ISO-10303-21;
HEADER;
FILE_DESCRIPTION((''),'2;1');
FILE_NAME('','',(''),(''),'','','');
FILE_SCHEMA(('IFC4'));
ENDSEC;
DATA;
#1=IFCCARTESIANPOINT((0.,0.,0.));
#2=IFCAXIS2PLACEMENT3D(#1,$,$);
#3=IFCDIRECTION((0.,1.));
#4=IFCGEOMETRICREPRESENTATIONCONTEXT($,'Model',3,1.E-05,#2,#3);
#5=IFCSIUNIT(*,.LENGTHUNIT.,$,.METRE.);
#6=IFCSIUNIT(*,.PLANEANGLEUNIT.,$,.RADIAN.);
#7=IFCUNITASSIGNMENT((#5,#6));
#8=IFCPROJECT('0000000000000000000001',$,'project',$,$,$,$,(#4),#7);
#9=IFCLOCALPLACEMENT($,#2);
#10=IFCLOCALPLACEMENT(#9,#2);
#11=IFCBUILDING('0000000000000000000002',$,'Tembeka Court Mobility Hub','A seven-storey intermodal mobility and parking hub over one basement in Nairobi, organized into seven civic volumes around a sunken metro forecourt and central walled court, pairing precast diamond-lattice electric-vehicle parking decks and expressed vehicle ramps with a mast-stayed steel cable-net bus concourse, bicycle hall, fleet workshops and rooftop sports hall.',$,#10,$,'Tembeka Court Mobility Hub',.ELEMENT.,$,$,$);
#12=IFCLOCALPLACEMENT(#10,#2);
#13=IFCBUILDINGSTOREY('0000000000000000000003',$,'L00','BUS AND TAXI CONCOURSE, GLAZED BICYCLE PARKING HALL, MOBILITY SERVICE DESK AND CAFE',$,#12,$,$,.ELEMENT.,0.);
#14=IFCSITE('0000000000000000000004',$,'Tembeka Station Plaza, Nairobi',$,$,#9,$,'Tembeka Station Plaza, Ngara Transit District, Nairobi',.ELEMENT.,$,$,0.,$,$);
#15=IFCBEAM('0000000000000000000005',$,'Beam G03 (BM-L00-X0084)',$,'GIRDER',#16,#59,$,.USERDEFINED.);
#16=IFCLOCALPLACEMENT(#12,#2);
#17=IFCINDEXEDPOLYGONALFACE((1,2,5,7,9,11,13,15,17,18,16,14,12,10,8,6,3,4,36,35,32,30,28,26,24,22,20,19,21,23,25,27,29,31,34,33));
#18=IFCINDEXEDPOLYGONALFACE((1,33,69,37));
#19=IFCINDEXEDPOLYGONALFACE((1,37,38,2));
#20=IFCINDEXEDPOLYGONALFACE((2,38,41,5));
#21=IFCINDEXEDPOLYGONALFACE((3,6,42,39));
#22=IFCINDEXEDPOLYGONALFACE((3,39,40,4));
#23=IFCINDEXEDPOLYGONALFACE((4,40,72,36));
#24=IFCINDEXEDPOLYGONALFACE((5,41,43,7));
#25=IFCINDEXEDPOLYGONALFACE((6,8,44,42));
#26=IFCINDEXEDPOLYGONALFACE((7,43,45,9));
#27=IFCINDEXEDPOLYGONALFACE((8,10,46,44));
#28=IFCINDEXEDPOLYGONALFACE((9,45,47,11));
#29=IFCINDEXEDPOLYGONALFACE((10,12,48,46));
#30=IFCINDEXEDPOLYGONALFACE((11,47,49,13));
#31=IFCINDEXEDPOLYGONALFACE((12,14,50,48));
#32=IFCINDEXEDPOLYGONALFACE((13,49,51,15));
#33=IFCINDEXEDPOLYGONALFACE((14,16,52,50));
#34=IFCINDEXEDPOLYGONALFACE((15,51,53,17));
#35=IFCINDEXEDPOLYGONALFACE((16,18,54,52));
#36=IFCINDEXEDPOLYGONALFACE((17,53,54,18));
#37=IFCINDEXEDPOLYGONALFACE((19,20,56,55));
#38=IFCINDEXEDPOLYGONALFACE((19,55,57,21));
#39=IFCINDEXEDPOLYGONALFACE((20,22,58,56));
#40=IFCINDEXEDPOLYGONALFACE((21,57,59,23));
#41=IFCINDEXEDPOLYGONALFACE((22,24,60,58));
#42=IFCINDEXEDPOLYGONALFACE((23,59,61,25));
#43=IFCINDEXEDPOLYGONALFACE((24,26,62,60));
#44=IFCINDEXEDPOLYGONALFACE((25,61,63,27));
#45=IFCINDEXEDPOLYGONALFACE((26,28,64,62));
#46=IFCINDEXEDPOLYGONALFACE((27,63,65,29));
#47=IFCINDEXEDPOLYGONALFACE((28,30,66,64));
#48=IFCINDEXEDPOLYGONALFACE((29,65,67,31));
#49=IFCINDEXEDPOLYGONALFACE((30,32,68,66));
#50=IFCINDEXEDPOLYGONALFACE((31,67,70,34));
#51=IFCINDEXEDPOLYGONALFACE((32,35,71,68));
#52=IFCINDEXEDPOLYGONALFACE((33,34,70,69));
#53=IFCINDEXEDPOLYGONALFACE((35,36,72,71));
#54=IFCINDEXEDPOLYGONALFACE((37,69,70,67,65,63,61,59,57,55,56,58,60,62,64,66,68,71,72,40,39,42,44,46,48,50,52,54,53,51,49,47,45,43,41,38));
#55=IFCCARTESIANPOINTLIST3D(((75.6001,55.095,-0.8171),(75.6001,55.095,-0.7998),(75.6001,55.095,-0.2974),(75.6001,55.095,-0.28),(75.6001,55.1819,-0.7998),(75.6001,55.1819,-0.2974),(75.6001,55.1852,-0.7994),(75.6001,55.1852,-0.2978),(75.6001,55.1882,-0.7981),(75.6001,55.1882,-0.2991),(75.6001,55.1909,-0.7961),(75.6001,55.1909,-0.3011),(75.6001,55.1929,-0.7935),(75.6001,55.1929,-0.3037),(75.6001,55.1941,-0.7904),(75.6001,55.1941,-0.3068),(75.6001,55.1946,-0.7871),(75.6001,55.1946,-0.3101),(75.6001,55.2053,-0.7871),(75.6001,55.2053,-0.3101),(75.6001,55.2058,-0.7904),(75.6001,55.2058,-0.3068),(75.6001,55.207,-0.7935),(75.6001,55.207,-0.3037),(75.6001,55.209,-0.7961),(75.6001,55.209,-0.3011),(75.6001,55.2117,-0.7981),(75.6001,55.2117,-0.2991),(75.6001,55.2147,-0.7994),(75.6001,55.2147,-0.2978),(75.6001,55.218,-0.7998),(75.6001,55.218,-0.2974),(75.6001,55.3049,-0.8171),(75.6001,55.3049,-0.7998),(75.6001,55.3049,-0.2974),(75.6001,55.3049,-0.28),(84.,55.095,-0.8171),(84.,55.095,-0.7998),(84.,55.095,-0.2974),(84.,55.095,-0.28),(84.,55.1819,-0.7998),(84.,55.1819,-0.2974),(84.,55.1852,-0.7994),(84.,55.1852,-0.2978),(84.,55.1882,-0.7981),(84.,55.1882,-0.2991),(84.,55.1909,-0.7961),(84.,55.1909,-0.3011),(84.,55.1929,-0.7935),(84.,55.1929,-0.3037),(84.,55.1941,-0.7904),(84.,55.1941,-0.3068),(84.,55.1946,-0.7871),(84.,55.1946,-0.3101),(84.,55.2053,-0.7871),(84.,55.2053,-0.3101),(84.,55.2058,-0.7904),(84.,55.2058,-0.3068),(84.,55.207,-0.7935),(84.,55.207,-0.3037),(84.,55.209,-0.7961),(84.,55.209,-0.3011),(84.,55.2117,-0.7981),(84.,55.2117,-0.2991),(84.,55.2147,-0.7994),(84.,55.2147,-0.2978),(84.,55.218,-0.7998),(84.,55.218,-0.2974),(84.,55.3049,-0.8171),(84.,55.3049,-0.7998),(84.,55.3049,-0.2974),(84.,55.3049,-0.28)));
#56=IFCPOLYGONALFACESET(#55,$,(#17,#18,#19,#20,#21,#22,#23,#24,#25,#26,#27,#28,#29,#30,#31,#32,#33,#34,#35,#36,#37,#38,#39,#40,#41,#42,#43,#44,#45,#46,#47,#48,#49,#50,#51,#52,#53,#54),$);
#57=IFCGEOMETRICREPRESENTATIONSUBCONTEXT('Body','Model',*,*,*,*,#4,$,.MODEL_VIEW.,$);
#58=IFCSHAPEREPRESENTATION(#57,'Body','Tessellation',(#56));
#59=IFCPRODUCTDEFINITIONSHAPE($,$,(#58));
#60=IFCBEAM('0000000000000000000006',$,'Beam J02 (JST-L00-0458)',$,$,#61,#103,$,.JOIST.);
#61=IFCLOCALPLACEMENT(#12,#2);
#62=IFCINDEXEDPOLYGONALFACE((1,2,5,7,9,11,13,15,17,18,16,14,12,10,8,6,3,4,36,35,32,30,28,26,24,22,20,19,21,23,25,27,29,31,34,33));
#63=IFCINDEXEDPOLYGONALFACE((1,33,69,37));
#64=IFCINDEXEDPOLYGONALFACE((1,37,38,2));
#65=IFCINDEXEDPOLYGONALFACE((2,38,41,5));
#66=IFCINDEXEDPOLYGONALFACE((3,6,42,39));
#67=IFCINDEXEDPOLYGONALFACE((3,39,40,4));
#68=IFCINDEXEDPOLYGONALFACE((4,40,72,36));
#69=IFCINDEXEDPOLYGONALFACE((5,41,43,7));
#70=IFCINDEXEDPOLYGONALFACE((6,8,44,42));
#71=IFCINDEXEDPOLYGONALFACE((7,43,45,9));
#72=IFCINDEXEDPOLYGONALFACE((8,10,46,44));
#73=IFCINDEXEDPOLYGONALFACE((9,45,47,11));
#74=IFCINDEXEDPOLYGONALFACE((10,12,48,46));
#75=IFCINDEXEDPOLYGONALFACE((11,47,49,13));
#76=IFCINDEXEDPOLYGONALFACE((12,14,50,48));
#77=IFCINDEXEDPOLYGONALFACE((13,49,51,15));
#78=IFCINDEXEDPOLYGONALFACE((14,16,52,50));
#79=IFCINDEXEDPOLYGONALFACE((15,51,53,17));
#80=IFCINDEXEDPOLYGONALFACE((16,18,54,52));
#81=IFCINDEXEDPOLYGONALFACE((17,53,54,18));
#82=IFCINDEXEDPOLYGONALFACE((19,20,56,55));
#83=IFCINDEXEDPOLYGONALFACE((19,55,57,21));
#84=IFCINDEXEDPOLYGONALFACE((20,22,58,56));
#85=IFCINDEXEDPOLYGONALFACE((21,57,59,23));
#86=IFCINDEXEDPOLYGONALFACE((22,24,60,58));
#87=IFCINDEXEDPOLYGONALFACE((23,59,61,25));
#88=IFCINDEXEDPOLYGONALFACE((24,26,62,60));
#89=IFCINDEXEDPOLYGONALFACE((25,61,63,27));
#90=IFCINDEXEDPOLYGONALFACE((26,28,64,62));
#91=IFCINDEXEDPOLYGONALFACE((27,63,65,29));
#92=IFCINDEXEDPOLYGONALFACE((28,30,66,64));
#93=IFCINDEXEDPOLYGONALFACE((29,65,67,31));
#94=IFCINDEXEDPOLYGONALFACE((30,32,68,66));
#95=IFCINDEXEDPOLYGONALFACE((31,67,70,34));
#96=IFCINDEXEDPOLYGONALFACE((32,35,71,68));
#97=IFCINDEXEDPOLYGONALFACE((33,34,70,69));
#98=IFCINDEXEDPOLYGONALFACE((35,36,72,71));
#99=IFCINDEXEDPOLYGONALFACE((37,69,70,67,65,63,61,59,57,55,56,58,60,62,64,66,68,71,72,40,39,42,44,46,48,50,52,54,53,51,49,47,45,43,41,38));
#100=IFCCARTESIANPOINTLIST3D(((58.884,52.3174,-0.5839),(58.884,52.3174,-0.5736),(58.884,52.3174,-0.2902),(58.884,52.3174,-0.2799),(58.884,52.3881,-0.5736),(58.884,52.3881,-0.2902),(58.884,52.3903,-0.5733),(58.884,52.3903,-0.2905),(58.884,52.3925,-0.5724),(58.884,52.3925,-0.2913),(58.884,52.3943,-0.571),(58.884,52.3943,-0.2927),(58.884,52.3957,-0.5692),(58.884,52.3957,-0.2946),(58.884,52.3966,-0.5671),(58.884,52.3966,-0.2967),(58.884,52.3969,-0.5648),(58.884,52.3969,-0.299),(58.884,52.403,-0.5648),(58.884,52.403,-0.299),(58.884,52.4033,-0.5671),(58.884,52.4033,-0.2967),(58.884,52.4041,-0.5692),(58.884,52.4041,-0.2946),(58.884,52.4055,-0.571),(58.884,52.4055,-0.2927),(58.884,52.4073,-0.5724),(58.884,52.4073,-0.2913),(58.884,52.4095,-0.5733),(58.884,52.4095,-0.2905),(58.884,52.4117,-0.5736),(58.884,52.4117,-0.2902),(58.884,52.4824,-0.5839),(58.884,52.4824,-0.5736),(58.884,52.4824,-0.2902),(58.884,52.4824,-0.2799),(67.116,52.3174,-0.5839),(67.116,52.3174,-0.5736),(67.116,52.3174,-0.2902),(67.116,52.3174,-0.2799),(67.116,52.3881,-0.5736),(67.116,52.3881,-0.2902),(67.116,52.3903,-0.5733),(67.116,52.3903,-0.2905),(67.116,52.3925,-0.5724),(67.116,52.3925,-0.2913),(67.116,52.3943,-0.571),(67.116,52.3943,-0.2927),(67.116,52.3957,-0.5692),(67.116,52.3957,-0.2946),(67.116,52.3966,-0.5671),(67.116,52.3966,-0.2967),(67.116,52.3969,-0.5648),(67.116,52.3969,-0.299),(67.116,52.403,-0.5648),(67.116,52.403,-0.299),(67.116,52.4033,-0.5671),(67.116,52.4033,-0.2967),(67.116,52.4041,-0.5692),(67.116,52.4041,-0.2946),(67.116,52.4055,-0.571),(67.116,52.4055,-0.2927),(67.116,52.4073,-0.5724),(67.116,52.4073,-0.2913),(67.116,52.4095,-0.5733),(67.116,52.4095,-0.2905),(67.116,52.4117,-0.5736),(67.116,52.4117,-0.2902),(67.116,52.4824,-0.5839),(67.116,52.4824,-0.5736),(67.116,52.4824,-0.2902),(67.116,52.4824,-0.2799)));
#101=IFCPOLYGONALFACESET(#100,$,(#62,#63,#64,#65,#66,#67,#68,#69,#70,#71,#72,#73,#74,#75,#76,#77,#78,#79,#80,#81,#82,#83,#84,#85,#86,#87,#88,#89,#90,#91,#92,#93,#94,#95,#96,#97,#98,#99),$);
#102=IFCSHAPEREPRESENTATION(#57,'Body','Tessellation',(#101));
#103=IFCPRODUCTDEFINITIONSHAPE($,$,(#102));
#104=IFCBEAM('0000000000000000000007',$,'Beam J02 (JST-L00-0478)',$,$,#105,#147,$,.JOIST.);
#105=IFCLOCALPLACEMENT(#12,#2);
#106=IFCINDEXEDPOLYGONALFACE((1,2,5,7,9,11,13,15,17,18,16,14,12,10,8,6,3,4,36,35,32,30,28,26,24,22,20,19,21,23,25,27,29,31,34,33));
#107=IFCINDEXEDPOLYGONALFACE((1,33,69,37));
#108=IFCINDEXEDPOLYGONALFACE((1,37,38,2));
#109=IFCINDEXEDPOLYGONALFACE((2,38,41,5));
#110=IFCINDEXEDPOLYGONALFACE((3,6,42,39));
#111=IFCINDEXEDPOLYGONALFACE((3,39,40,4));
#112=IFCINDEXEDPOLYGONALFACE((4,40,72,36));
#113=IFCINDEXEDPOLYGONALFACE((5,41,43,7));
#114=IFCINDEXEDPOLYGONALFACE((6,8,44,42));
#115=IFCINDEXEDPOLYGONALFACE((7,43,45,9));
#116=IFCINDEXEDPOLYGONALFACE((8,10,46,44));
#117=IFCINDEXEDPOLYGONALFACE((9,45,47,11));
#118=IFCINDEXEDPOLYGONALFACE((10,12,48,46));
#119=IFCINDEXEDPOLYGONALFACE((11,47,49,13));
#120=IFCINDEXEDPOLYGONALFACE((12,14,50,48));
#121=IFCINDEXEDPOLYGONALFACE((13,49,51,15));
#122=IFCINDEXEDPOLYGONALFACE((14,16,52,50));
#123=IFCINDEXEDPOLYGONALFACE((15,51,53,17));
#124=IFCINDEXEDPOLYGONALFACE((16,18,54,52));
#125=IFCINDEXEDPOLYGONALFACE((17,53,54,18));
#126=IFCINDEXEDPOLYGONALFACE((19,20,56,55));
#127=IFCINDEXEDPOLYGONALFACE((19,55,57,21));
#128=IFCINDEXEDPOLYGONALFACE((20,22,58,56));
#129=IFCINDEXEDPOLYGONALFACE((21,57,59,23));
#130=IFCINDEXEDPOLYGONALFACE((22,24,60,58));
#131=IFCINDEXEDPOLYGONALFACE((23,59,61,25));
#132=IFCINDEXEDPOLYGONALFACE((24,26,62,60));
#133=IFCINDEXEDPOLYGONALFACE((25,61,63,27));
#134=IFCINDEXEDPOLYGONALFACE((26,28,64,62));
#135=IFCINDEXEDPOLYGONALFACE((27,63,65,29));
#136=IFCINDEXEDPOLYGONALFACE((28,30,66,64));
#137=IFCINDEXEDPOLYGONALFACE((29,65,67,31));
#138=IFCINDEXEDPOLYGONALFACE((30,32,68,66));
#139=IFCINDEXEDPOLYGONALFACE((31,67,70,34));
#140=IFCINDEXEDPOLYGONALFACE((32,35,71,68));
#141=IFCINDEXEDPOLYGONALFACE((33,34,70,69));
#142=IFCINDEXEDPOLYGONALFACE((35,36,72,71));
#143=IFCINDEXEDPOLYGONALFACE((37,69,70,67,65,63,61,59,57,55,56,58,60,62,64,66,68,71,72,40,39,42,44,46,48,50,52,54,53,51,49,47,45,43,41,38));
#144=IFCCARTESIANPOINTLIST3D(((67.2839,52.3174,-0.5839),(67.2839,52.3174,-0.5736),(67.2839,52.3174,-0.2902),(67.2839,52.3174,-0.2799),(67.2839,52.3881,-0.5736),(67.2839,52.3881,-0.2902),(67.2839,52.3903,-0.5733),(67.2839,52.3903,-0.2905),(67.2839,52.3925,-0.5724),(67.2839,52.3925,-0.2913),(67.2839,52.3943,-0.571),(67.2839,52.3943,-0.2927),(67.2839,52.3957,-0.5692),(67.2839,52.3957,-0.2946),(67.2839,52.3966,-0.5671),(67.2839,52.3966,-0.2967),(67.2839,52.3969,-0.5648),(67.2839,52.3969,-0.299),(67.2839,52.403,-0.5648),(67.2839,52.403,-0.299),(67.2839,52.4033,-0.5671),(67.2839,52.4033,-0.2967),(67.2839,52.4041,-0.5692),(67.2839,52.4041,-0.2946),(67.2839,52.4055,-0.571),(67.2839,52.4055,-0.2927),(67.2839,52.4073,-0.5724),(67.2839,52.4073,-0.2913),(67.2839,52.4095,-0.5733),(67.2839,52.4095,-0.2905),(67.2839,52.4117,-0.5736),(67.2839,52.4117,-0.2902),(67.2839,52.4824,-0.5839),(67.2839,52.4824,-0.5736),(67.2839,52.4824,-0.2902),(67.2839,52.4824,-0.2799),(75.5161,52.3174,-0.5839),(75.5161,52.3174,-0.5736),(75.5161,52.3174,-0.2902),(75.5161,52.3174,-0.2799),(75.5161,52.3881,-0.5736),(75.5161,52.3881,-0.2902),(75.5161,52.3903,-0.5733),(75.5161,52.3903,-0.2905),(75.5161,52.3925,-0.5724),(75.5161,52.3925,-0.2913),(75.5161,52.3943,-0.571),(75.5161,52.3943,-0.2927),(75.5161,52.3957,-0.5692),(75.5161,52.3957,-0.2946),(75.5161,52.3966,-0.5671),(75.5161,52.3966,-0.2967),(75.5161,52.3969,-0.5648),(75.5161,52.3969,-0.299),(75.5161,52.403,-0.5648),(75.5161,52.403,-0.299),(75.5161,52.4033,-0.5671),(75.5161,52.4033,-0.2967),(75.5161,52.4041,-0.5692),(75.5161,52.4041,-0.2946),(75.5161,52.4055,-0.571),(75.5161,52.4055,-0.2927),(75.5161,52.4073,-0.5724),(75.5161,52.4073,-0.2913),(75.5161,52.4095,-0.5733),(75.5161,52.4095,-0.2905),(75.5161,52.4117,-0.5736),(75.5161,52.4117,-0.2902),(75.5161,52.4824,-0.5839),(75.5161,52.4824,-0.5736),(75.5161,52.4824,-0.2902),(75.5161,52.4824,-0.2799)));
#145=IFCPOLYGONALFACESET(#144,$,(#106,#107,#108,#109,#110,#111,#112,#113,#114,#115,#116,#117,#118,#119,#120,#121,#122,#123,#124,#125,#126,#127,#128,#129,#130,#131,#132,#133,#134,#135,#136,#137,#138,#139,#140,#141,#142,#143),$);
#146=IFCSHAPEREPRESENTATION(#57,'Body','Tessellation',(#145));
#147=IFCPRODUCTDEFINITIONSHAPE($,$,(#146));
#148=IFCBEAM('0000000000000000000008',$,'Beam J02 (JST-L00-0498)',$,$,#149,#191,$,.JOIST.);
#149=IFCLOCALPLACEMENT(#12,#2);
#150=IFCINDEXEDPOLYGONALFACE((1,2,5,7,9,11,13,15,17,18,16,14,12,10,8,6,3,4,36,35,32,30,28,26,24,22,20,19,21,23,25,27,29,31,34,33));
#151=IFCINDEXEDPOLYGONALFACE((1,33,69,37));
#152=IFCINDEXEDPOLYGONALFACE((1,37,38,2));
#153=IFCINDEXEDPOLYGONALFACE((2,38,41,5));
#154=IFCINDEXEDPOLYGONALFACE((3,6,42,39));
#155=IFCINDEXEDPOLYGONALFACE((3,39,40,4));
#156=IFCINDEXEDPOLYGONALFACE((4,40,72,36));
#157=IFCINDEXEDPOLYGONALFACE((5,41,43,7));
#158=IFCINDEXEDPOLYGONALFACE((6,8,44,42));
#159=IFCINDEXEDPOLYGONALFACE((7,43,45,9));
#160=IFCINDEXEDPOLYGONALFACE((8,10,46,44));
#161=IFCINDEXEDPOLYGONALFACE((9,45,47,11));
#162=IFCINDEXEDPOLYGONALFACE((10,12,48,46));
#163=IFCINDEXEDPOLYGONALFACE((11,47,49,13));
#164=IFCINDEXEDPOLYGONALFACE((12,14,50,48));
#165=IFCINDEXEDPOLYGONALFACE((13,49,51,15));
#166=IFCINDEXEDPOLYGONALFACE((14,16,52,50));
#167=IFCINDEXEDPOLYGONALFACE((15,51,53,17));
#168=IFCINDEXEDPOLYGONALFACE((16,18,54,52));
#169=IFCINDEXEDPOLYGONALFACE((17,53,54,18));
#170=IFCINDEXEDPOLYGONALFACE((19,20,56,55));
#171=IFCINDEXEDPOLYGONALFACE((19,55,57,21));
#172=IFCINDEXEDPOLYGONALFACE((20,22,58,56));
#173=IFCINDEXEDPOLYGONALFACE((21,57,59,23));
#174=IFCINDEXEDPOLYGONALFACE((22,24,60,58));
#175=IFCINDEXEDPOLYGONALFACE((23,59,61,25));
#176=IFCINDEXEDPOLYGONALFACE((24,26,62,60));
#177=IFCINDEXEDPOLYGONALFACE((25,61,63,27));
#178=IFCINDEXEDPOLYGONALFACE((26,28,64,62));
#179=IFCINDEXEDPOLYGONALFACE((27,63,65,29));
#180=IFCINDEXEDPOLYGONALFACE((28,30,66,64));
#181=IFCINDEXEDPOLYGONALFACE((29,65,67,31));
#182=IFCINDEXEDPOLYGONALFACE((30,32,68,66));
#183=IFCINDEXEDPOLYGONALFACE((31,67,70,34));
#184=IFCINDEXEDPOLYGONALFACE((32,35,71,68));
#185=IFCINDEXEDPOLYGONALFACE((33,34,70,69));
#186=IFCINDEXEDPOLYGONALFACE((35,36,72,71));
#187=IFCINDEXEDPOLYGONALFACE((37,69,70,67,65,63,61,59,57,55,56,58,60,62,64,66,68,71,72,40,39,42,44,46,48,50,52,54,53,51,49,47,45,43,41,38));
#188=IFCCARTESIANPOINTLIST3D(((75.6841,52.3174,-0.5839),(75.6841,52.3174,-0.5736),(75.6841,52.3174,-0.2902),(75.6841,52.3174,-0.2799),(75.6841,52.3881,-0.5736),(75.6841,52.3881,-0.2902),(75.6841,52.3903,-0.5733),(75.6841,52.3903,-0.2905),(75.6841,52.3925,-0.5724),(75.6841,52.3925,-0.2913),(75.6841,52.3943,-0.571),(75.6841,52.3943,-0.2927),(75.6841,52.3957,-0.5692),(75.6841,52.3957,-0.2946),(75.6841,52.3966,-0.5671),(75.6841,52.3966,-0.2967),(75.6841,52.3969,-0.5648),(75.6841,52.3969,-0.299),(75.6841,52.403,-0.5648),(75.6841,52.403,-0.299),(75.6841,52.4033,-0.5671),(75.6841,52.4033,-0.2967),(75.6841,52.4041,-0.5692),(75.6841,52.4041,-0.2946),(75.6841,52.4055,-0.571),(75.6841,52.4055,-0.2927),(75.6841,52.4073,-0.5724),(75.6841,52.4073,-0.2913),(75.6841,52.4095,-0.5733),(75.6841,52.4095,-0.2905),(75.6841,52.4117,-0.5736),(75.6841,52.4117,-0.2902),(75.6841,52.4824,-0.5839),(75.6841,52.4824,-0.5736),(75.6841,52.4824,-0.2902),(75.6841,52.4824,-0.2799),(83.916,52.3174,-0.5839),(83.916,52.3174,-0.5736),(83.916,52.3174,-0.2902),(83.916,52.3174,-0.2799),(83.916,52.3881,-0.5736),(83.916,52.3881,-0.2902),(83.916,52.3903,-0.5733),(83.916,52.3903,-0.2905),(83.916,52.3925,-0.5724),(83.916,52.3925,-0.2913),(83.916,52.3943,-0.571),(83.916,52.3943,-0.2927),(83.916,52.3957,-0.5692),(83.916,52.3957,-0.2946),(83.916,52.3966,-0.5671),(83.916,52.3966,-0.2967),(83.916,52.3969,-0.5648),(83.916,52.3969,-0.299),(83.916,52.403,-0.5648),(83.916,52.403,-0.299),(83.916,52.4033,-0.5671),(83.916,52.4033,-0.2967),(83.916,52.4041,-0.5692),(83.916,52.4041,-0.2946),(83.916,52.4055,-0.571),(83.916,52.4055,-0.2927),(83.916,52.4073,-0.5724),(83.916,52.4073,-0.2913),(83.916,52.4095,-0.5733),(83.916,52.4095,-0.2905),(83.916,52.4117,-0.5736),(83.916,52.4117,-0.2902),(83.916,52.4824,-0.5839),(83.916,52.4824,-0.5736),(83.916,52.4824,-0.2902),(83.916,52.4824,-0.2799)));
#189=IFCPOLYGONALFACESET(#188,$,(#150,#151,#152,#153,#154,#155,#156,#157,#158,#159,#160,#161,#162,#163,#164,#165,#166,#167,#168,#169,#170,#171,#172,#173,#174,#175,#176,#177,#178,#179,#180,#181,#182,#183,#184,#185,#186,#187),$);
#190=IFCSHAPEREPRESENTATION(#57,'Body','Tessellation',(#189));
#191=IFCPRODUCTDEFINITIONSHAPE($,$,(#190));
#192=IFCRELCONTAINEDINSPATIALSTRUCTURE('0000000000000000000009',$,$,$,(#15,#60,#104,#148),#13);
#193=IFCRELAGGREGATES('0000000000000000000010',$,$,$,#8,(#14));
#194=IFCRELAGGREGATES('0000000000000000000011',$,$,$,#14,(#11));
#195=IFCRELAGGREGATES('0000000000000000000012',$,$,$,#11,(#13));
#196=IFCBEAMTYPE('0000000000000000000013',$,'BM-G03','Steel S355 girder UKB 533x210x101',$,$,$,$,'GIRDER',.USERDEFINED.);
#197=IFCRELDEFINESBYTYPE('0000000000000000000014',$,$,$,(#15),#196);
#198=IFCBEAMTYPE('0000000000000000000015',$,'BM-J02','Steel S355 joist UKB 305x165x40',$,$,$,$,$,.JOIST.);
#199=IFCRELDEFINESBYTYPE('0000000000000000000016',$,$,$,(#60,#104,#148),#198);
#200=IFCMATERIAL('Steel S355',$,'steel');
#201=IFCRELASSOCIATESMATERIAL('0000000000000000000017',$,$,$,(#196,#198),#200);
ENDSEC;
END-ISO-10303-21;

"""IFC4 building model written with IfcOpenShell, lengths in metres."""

from ifc_helpers import new_model, si_unit, direction, frame, origin, origin_2d, place, context, subcontext, project, spatial, i_section, extrude, material, material_profile, profile_set, type_object, element, save


model = new_model("IFC4")

# Units and contexts
model_context = context("Model", 3, precision=1e-05, world=origin(), true_north=direction((0.0, 1.0)))
body_context = subcontext(model_context, "Body", "Model", "MODEL_VIEW")
ifc_project = project(units=[si_unit("LENGTHUNIT", "METRE"), si_unit("PLANEANGLEUNIT", "RADIAN")], contexts=[model_context])

# Site, building, storey
site_placement = place(None, origin())
site = spatial("IfcSite", under=ifc_project, at=site_placement, Name="Tembeka Station Plaza, Nairobi", LongName="Tembeka Station Plaza, Ngara Transit District, Nairobi", CompositionType="ELEMENT", RefElevation=0.0)
building_placement = place(site_placement, origin())
building = spatial("IfcBuilding", under=site, at=building_placement, Name="Tembeka Court Mobility Hub", Description="A seven-storey intermodal mobility and parking hub over one basement in Nairobi, organized into seven civic volumes around a sunken metro forecourt and central walled court, pairing precast diamond-lattice electric-vehicle parking decks and expressed vehicle ramps with a mast-stayed steel cable-net bus concourse, bicycle hall, fleet workshops and rooftop sports hall.", LongName="Tembeka Court Mobility Hub", CompositionType="ELEMENT")
storey_placement = place(building_placement, origin())
storey = spatial("IfcBuildingStorey", under=building, at=storey_placement, Name="L00", Description="BUS AND TAXI CONCOURSE, GLAZED BICYCLE PARKING HALL, MOBILITY SERVICE DESK AND CAFE", CompositionType="ELEMENT", Elevation=0.0)

# Shared definitions
ifc_material_1 = material(Name="Steel S355", Category="steel")

# Beams
ifc_material_profile_1 = material_profile(ifc_material_1, i_section(OverallWidth=0.21, OverallDepth=0.5371, WebThickness=0.0107, FlangeThickness=0.0173, FilletRadius=0.0127, at=origin_2d()), Name="UKB 533x210x101")
ifc_profile_set_1 = profile_set([ifc_material_profile_1], Name="Steel S355")
beam_type_1 = type_object("IfcBeamType", Name="BM-G03", Description="Steel S355 girder UKB 533x210x101", ElementType="GIRDER", PredefinedType="USERDEFINED", material=ifc_profile_set_1)
beam_1_placement = place(storey_placement, frame((75.6001, 55.2, -0.5486), z_axis=(1.0, 0.0, 0.0), x_axis=(0.0, 1.0, 0.0)))
element("IfcBeam", 1, at=beam_1_placement, inside=storey, type_object=beam_type_1, Name="Beam G03 (BM-L00-X0084)", ObjectType="GIRDER", PredefinedType="USERDEFINED", context=body_context, shape_type="SweptSolid", body=[
    extrude(i_section(OverallWidth=0.21, OverallDepth=0.5371, WebThickness=0.0107, FlangeThickness=0.0173, FilletRadius=0.0127, at=origin_2d()), origin(), (0.0, 0.0, 1.0), 8.3999),
])
ifc_material_profile_2 = material_profile(ifc_material_1, i_section(OverallWidth=0.165, OverallDepth=0.304, WebThickness=0.0061, FlangeThickness=0.0103, FilletRadius=0.0088, at=origin_2d()), Name="UKB 305x165x40")
ifc_profile_set_2 = profile_set([ifc_material_profile_2], Name="Steel S355")
beam_type_2 = type_object("IfcBeamType", Name="BM-J02", Description="Steel S355 joist UKB 305x165x40", PredefinedType="JOIST", material=ifc_profile_set_2)
beam_2_placement = place(storey_placement, frame((58.884, 52.3999, -0.4319), z_axis=(1.0, 0.0, 0.0), x_axis=(0.0, 1.0, 0.0)))
element("IfcBeam", 2, at=beam_2_placement, inside=storey, type_object=beam_type_2, Name="Beam J02 (JST-L00-0458)", PredefinedType="JOIST", context=body_context, shape_type="SweptSolid", body=[
    extrude(i_section(OverallWidth=0.165, OverallDepth=0.304, WebThickness=0.0061, FlangeThickness=0.0103, FilletRadius=0.0088, at=origin_2d()), origin(), (0.0, 0.0, 1.0), 8.2319),
])
beam_3_placement = place(storey_placement, frame((67.2839, 52.3999, -0.4319), z_axis=(1.0, 0.0, 0.0), x_axis=(0.0, 1.0, 0.0)))
element("IfcBeam", 3, at=beam_3_placement, inside=storey, type_object=beam_type_2, Name="Beam J02 (JST-L00-0478)", PredefinedType="JOIST", context=body_context, shape_type="SweptSolid", body=[
    extrude(i_section(OverallWidth=0.165, OverallDepth=0.304, WebThickness=0.0061, FlangeThickness=0.0103, FilletRadius=0.0088, at=origin_2d()), origin(), (0.0, 0.0, 1.0), 8.2322),
])
beam_4_placement = place(storey_placement, frame((75.6841, 52.3999, -0.4319), z_axis=(1.0, 0.0, 0.0), x_axis=(0.0, 1.0, 0.0)))
element("IfcBeam", 4, at=beam_4_placement, inside=storey, type_object=beam_type_2, Name="Beam J02 (JST-L00-0498)", PredefinedType="JOIST", context=body_context, shape_type="SweptSolid", body=[
    extrude(i_section(OverallWidth=0.165, OverallDepth=0.304, WebThickness=0.0061, FlangeThickness=0.0103, FilletRadius=0.0088, at=origin_2d()), origin(), (0.0, 0.0, 1.0), 8.2319),
])

save(model, "model.ifc")
